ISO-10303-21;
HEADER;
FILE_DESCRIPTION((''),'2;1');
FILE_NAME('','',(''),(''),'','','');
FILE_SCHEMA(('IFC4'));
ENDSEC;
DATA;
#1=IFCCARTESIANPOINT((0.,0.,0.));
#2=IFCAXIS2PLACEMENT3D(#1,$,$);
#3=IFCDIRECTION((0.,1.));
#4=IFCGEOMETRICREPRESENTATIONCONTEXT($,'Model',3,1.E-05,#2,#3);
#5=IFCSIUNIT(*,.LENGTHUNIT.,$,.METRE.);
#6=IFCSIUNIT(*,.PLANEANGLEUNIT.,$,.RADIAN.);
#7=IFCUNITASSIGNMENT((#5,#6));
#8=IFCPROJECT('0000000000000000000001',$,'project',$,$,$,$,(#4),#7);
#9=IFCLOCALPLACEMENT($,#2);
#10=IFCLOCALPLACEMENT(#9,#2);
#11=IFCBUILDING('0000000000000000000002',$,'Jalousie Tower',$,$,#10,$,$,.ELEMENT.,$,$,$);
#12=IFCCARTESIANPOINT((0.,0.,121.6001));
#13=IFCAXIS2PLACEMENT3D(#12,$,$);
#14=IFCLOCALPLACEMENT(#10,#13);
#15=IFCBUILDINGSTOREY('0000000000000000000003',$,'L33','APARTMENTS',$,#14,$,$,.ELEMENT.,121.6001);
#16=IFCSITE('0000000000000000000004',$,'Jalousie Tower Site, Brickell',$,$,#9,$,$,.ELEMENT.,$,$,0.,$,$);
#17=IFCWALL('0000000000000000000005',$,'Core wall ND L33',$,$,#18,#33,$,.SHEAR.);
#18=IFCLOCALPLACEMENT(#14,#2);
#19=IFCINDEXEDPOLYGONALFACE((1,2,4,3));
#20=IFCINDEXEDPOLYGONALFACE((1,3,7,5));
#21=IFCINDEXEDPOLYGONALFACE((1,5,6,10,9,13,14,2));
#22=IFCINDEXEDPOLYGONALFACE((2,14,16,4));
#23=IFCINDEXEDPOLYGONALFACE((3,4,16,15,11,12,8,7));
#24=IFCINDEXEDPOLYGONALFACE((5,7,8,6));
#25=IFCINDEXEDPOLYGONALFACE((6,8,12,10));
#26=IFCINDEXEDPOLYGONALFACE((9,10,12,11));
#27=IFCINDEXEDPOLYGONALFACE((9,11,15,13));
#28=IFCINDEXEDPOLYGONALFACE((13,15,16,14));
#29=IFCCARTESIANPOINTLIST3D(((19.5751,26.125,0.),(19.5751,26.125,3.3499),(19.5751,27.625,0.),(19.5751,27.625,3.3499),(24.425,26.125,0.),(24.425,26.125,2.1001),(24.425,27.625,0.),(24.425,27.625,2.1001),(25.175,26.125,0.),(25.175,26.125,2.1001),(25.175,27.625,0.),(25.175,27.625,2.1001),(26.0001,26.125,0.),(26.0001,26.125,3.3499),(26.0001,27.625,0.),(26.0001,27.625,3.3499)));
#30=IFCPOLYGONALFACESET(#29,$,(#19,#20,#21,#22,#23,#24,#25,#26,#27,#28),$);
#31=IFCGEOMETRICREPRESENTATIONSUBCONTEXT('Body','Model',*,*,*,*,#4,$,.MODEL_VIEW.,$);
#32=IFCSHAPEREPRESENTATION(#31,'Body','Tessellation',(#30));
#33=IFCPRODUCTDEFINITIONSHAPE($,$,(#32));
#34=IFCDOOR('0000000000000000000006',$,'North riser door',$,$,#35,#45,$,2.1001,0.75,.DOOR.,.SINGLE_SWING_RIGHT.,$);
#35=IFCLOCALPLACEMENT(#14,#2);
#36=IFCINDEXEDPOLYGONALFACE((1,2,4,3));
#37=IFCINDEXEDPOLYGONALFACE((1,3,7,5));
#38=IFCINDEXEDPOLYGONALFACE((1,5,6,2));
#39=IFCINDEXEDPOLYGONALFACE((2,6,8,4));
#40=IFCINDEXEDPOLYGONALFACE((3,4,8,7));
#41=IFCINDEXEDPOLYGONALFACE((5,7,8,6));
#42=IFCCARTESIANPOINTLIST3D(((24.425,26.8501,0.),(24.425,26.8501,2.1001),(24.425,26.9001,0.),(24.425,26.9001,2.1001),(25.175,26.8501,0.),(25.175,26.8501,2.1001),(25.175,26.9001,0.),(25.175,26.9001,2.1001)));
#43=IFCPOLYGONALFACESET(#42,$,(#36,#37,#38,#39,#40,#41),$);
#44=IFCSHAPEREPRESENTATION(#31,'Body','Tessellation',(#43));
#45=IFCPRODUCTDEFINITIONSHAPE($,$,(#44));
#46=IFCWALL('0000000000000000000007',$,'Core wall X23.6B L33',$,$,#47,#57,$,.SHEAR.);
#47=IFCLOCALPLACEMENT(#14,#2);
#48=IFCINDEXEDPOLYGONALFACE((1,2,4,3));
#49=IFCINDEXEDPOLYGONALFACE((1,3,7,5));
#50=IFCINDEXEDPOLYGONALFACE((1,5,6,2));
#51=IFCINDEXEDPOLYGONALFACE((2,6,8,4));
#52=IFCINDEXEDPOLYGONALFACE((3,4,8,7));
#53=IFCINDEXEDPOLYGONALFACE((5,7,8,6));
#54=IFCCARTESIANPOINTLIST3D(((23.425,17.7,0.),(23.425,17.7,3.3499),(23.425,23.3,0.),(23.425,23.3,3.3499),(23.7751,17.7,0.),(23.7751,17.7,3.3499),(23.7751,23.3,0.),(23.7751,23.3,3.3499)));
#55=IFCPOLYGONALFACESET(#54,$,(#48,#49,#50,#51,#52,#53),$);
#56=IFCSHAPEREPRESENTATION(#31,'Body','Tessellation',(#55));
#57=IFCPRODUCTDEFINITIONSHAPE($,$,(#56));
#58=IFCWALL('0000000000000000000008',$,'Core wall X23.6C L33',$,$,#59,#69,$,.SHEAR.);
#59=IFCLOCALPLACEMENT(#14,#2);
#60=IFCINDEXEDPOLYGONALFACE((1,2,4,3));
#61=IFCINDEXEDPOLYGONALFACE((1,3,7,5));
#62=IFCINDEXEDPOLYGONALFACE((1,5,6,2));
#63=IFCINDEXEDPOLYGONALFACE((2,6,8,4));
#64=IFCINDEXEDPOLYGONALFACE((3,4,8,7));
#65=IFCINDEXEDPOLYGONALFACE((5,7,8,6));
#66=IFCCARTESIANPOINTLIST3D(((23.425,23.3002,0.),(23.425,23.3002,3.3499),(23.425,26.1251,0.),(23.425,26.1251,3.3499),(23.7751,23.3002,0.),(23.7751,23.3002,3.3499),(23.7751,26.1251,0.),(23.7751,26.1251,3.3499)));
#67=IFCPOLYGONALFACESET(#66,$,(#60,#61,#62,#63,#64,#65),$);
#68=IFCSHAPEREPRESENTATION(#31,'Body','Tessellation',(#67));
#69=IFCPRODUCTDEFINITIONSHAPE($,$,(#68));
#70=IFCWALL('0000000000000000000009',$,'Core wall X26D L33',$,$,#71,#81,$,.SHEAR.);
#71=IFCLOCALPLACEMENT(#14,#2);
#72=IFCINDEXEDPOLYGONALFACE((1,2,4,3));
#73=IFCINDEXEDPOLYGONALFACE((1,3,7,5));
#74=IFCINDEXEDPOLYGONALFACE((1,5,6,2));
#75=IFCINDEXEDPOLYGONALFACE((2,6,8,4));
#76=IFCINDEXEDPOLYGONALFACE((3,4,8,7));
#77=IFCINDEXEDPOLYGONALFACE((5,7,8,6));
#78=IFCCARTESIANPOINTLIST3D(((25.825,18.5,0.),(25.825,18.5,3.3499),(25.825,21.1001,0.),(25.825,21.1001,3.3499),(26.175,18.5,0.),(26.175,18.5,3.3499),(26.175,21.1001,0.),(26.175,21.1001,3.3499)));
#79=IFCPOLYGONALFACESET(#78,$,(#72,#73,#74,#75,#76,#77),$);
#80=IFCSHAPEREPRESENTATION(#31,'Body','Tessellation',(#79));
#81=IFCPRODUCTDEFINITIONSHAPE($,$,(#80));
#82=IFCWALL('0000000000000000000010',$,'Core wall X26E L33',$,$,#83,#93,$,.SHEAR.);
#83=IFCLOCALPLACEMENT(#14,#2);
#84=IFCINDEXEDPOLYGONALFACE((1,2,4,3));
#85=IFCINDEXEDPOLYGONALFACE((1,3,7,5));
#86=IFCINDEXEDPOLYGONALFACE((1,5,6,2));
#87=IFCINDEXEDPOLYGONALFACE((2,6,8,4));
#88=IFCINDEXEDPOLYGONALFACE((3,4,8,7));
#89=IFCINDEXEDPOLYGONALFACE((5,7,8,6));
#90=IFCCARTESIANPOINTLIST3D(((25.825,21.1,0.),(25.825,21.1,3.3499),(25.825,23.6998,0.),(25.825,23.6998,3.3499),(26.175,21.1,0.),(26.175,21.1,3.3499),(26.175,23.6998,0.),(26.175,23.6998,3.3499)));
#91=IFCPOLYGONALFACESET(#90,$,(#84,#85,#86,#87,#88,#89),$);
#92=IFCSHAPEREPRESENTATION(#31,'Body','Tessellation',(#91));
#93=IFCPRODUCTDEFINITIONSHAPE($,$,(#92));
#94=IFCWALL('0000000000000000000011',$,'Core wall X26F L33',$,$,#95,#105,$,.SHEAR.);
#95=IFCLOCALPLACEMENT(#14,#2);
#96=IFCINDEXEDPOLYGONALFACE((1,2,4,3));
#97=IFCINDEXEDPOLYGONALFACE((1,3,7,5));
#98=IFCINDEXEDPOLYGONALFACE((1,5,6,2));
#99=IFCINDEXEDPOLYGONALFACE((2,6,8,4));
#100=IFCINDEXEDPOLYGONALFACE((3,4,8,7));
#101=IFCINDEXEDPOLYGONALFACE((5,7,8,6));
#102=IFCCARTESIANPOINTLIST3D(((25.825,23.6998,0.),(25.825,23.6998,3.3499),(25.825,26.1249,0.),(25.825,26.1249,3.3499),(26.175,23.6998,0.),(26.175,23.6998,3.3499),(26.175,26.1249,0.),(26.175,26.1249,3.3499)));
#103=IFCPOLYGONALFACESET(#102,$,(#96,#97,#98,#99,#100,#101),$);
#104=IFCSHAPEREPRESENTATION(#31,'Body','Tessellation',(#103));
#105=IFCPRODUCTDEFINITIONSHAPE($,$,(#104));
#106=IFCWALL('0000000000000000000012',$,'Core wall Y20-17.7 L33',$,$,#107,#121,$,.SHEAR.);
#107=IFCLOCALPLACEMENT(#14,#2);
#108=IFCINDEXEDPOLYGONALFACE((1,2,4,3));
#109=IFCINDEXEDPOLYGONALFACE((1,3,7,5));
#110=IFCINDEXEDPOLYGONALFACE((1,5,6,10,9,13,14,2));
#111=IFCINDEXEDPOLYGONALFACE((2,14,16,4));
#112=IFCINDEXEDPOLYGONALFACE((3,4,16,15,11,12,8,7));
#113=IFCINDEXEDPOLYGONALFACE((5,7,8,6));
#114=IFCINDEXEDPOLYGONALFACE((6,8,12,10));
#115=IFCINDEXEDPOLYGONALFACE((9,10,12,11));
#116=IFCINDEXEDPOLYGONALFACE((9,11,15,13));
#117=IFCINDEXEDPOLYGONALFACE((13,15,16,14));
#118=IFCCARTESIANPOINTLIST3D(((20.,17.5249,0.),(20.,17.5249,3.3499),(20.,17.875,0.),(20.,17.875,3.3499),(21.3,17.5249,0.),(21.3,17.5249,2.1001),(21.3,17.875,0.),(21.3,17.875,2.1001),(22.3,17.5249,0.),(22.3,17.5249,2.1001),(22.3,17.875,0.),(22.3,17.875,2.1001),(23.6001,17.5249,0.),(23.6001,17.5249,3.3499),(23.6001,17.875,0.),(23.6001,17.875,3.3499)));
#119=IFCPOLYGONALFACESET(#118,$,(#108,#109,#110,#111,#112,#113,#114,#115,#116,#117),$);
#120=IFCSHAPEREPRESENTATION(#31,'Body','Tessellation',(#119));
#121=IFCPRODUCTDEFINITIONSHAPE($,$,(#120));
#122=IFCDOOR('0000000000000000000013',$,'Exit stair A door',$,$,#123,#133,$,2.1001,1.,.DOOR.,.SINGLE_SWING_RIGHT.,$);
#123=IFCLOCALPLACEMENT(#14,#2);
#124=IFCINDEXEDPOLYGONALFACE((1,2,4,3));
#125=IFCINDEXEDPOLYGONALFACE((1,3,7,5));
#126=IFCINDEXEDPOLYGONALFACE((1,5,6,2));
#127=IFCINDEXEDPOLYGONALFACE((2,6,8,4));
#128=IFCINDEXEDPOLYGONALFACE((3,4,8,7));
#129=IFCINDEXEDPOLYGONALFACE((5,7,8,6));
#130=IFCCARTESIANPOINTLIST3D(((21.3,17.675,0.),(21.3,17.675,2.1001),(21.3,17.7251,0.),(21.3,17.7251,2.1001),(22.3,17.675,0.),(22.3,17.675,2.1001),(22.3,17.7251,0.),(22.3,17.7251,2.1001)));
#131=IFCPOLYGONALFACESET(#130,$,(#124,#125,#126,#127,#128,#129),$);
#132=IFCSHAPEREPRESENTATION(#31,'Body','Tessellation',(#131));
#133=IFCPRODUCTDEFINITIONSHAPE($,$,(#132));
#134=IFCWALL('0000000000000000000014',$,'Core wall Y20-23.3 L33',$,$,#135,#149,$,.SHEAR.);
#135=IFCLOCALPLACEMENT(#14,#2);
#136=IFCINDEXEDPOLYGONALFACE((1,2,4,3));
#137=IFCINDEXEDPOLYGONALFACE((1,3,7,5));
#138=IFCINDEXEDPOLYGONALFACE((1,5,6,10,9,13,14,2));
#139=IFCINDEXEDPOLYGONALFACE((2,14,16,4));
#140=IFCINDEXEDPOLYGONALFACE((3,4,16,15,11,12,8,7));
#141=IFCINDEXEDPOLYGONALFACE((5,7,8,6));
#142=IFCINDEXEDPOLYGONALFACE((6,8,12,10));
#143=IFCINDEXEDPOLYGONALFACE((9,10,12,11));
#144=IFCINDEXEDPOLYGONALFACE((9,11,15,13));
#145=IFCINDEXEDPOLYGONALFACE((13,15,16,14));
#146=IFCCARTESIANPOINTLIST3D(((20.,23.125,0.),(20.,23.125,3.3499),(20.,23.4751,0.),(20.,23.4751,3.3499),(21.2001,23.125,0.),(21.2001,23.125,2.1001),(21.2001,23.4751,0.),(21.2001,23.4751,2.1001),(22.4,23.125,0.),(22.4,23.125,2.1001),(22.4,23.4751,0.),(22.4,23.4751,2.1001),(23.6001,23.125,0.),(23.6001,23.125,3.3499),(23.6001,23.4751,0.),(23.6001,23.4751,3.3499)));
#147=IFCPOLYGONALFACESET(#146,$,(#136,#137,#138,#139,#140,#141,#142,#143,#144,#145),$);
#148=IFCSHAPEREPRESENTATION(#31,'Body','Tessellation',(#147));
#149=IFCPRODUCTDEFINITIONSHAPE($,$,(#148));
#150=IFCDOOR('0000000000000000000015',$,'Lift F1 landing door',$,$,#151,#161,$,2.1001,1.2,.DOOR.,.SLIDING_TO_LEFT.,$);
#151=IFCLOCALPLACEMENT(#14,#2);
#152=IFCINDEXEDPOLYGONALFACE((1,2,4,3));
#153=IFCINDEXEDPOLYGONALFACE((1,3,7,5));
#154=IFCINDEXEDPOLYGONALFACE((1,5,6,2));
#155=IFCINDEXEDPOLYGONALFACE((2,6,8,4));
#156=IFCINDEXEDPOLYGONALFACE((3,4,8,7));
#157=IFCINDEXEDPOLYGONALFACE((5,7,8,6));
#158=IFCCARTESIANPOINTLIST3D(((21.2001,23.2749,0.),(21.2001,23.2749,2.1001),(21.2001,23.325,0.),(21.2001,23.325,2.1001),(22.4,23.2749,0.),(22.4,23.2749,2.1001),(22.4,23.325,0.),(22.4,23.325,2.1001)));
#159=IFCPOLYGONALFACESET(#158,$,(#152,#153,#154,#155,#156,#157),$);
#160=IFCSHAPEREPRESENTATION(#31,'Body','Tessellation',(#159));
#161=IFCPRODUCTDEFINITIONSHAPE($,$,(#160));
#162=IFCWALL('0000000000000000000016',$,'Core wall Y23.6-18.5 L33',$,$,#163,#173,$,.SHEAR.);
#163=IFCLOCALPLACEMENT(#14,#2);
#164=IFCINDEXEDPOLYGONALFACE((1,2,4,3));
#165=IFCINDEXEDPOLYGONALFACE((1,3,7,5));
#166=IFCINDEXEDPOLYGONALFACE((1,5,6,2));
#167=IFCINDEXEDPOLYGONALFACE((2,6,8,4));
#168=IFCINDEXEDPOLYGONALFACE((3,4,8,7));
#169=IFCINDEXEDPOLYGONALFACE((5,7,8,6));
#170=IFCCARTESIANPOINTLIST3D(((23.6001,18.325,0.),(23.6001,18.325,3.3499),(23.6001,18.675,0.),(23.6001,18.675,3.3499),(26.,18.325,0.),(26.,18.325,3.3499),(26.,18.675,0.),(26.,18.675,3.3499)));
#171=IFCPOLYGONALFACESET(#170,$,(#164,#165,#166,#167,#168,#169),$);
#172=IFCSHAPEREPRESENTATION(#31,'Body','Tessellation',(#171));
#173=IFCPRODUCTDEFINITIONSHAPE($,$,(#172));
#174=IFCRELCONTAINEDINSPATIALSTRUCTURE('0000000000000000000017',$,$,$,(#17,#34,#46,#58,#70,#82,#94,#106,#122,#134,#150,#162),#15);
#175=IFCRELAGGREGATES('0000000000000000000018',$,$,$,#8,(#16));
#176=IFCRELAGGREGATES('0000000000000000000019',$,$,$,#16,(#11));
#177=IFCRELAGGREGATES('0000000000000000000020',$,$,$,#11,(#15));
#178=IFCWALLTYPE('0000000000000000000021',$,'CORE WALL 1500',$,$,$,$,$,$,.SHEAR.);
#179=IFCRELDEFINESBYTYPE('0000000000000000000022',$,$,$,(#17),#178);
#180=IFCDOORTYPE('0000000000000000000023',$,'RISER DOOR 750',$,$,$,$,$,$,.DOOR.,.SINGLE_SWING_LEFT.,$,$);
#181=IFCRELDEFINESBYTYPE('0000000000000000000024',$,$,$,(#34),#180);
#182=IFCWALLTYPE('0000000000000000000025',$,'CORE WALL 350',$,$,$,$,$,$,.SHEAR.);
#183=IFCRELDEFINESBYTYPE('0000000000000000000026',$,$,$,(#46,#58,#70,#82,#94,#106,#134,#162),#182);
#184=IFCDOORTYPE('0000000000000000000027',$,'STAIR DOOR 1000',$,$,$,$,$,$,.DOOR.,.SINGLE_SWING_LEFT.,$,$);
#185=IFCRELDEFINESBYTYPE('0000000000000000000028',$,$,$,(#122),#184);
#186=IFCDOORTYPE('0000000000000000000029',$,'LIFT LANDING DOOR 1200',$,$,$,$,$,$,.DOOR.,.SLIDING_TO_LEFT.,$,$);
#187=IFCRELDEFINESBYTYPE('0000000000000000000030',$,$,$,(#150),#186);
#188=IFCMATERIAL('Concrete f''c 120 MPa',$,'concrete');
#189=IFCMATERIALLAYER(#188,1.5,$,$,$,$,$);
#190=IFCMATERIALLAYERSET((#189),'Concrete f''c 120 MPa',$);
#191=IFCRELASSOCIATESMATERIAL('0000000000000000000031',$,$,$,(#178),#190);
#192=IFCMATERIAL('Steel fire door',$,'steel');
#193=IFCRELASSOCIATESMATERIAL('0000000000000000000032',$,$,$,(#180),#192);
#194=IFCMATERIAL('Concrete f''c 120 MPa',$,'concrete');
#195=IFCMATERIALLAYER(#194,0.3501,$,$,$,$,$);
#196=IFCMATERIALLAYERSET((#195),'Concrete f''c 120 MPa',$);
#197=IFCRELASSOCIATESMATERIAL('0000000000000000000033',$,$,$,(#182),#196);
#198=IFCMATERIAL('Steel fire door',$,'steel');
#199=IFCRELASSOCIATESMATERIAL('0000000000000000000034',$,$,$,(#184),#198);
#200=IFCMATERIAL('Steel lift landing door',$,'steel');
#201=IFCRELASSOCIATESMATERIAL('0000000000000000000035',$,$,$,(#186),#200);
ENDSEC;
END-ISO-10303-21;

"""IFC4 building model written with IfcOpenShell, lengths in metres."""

from ifc_helpers import new_model, si_unit, direction, frame, frame_2d, origin, place, context, subcontext, project, spatial, rectangle, extrude, material, layer, layer_set, type_object, element, fill, save


model = new_model("IFC4")

# Units and contexts
model_context = context("Model", 3, precision=1e-05, world=origin(), true_north=direction((0.0, 1.0)))
body_context = subcontext(model_context, "Body", "Model", "MODEL_VIEW")
ifc_project = project(units=[si_unit("LENGTHUNIT", "METRE"), si_unit("PLANEANGLEUNIT", "RADIAN")], contexts=[model_context])

# Site, building, storey
site_placement = place(None, origin())
site = spatial("IfcSite", under=ifc_project, at=site_placement, Name="Jalousie Tower Site, Brickell", CompositionType="ELEMENT", RefElevation=0.0)
building_placement = place(site_placement, origin())
building = spatial("IfcBuilding", under=site, at=building_placement, Name="Jalousie Tower", CompositionType="ELEMENT")
storey_placement = place(building_placement, frame((0.0, 0.0, 121.6001)))
storey = spatial("IfcBuildingStorey", under=building, at=storey_placement, Name="L33", Description="APARTMENTS", CompositionType="ELEMENT", Elevation=121.6001)

# Wall, opening, door
ifc_material_1 = material(Name="Concrete f'c 120 MPa", Category="concrete")
ifc_layer_1 = layer(ifc_material_1, 1.5)
ifc_layer_set_1 = layer_set([ifc_layer_1], Name="Concrete f'c 120 MPa")
wall_type_1 = type_object("IfcWallType", Name="CORE WALL 1500", PredefinedType="SHEAR", material=ifc_layer_set_1)
wall_1_placement = place(storey_placement, frame((26.0, 26.875, 0.0), z_axis=(0.0, 0.0, 1.0), x_axis=(-1.0, 0.0, 0.0)))
wall_1 = element("IfcWall", 1, at=wall_1_placement, inside=storey, type_object=wall_type_1, Name="Core wall ND L33", PredefinedType="SHEAR", context=body_context, shape_type="SweptSolid", body=[
    extrude(rectangle(XDim=6.425, YDim=1.5, at=frame_2d((3.2124, 0.0))), origin(), (0.0, 0.0, 1.0), 3.3499),
])
opening_1_placement = place(wall_1_placement, frame((0.825, 0.0, 0.0)))
opening_1 = element("IfcOpeningElement", 2, at=opening_1_placement, cuts=wall_1, PredefinedType="OPENING", context=body_context, shape_type="SweptSolid", body=[
    extrude(rectangle(XDim=0.75, YDim=2.1001, at=frame_2d((0.375, 1.05))), frame((0.0, 0.76, 0.0), z_axis=(0.0, -1.0, 0.0), x_axis=(1.0, 0.0, 0.0)), (0.0, 0.0, 1.0), 1.52),
])
ifc_material_2 = material(Name="Steel fire door", Category="steel")
door_type_1 = type_object("IfcDoorType", Name="RISER DOOR 750", OperationType="SINGLE_SWING_LEFT", PredefinedType="DOOR", material=ifc_material_2)
door_1_placement = place(opening_1_placement, origin())
door_1 = element("IfcDoor", 3, at=door_1_placement, inside=storey, type_object=door_type_1, Name="North riser door", OperationType="SINGLE_SWING_RIGHT", OverallHeight=2.1001, OverallWidth=0.75, PredefinedType="DOOR", context=body_context, shape_type="SweptSolid", body=[
    extrude(rectangle(XDim=0.75, YDim=2.1001, at=frame_2d((0.375, 1.05))), frame((0.0, 0.0249, 0.0), z_axis=(0.0, -1.0, 0.0), x_axis=(1.0, 0.0, 0.0)), (0.0, 0.0, 1.0), 0.05),
])
fill(opening_1, door_1)

# Walls
ifc_material_3 = material(Name="Concrete f'c 120 MPa", Category="concrete")
ifc_layer_2 = layer(ifc_material_3, 0.3501)
ifc_layer_set_2 = layer_set([ifc_layer_2], Name="Concrete f'c 120 MPa")
wall_type_2 = type_object("IfcWallType", Name="CORE WALL 350", PredefinedType="SHEAR", material=ifc_layer_set_2)
wall_2_placement = place(storey_placement, frame((23.6001, 17.7, 0.0), z_axis=(0.0, 0.0, 1.0), x_axis=(0.0, 1.0, 0.0)))
element("IfcWall", 4, at=wall_2_placement, inside=storey, type_object=wall_type_2, Name="Core wall X23.6B L33", PredefinedType="SHEAR", context=body_context, shape_type="SweptSolid", body=[
    extrude(rectangle(XDim=5.6001, YDim=0.3501, at=frame_2d((2.8, 0.0))), origin(), (0.0, 0.0, 1.0), 3.3499),
])
wall_3_placement = place(storey_placement, frame((23.6001, 23.3, 0.0), z_axis=(0.0, 0.0, 1.0), x_axis=(0.0, 1.0, 0.0)))
element("IfcWall", 5, at=wall_3_placement, inside=storey, type_object=wall_type_2, Name="Core wall X23.6C L33", PredefinedType="SHEAR", context=body_context, shape_type="SweptSolid", body=[
    extrude(rectangle(XDim=2.825, YDim=0.3501, at=frame_2d((1.4126, 0.0))), origin(), (0.0, 0.0, 1.0), 3.3499),
])
wall_4_placement = place(storey_placement, frame((26.0, 18.5, 0.0), z_axis=(0.0, 0.0, 1.0), x_axis=(0.0, 1.0, 0.0)))
element("IfcWall", 6, at=wall_4_placement, inside=storey, type_object=wall_type_2, Name="Core wall X26D L33", PredefinedType="SHEAR", context=body_context, shape_type="SweptSolid", body=[
    extrude(rectangle(XDim=2.6001, YDim=0.3501, at=frame_2d((1.3, 0.0))), origin(), (0.0, 0.0, 1.0), 3.3499),
])
wall_5_placement = place(storey_placement, frame((26.0, 21.1001, 0.0), z_axis=(0.0, 0.0, 1.0), x_axis=(0.0, 1.0, 0.0)))
element("IfcWall", 7, at=wall_5_placement, inside=storey, type_object=wall_type_2, Name="Core wall X26E L33", PredefinedType="SHEAR", context=body_context, shape_type="SweptSolid", body=[
    extrude(rectangle(XDim=2.5999, YDim=0.3501, at=frame_2d((1.2998, 0.0))), origin(), (0.0, 0.0, 1.0), 3.3499),
])
wall_6_placement = place(storey_placement, frame((26.0, 23.7, 0.0), z_axis=(0.0, 0.0, 1.0), x_axis=(0.0, 1.0, 0.0)))
element("IfcWall", 8, at=wall_6_placement, inside=storey, type_object=wall_type_2, Name="Core wall X26F L33", PredefinedType="SHEAR", context=body_context, shape_type="SweptSolid", body=[
    extrude(rectangle(XDim=2.425, YDim=0.3501, at=frame_2d((1.2124, 0.0))), origin(), (0.0, 0.0, 1.0), 3.3499),
])

# Walls, openings, doors
wall_7_placement = place(storey_placement, frame((20.0, 17.7, 0.0), z_axis=(0.0, 0.0, 1.0), x_axis=(1.0, 0.0, 0.0)))
wall_7 = element("IfcWall", 9, at=wall_7_placement, inside=storey, type_object=wall_type_2, Name="Core wall Y20-17.7 L33", PredefinedType="SHEAR", context=body_context, shape_type="SweptSolid", body=[
    extrude(rectangle(XDim=3.6001, YDim=0.3501, at=frame_2d((1.8, 0.0))), origin(), (0.0, 0.0, 1.0), 3.3499),
])
opening_2_placement = place(wall_7_placement, frame((1.3, 0.0, 0.0)))
opening_2 = element("IfcOpeningElement", 10, at=opening_2_placement, cuts=wall_7, PredefinedType="OPENING", context=body_context, shape_type="SweptSolid", body=[
    extrude(rectangle(XDim=1.0, YDim=2.1001, at=frame_2d((0.5, 1.05))), frame((0.0, 0.1851, 0.0), z_axis=(0.0, -1.0, 0.0), x_axis=(1.0, 0.0, 0.0)), (0.0, 0.0, 1.0), 0.3701),
])
ifc_material_4 = material(Name="Steel fire door", Category="steel")
door_type_2 = type_object("IfcDoorType", Name="STAIR DOOR 1000", OperationType="SINGLE_SWING_LEFT", PredefinedType="DOOR", material=ifc_material_4)
door_2_placement = place(opening_2_placement, frame((1.0, 0.0, 0.0), z_axis=(0.0, 0.0, 1.0), x_axis=(-1.0, 0.0, 0.0)))
door_2 = element("IfcDoor", 11, at=door_2_placement, inside=storey, type_object=door_type_2, Name="Exit stair A door", OperationType="SINGLE_SWING_RIGHT", OverallHeight=2.1001, OverallWidth=1.0, PredefinedType="DOOR", context=body_context, shape_type="SweptSolid", body=[
    extrude(rectangle(XDim=1.0, YDim=2.1001, at=frame_2d((0.5, 1.05))), frame((0.0, 0.0249, 0.0), z_axis=(0.0, -1.0, 0.0), x_axis=(1.0, 0.0, 0.0)), (0.0, 0.0, 1.0), 0.05),
])
fill(opening_2, door_2)
wall_8_placement = place(storey_placement, frame((20.0, 23.3, 0.0), z_axis=(0.0, 0.0, 1.0), x_axis=(1.0, 0.0, 0.0)))
wall_8 = element("IfcWall", 12, at=wall_8_placement, inside=storey, type_object=wall_type_2, Name="Core wall Y20-23.3 L33", PredefinedType="SHEAR", context=body_context, shape_type="SweptSolid", body=[
    extrude(rectangle(XDim=3.6001, YDim=0.3501, at=frame_2d((1.8, 0.0))), origin(), (0.0, 0.0, 1.0), 3.3499),
])
opening_3_placement = place(wall_8_placement, frame((1.2, 0.0, 0.0)))
opening_3 = element("IfcOpeningElement", 13, at=opening_3_placement, cuts=wall_8, PredefinedType="OPENING", context=body_context, shape_type="SweptSolid", body=[
    extrude(rectangle(XDim=1.2, YDim=2.1001, at=frame_2d((0.6001, 1.05))), frame((0.0, 0.1851, 0.0), z_axis=(0.0, -1.0, 0.0), x_axis=(1.0, 0.0, 0.0)), (0.0, 0.0, 1.0), 0.3701),
])
ifc_material_5 = material(Name="Steel lift landing door", Category="steel")
door_type_3 = type_object("IfcDoorType", Name="LIFT LANDING DOOR 1200", OperationType="SLIDING_TO_LEFT", PredefinedType="DOOR", material=ifc_material_5)
door_3_placement = place(opening_3_placement, origin())
door_3 = element("IfcDoor", 14, at=door_3_placement, inside=storey, type_object=door_type_3, Name="Lift F1 landing door", OperationType="SLIDING_TO_LEFT", OverallHeight=2.1001, OverallWidth=1.2, PredefinedType="DOOR", context=body_context, shape_type="SweptSolid", body=[
    extrude(rectangle(XDim=1.2, YDim=2.1001, at=frame_2d((0.6001, 1.05))), frame((0.0, 0.0249, 0.0), z_axis=(0.0, -1.0, 0.0), x_axis=(1.0, 0.0, 0.0)), (0.0, 0.0, 1.0), 0.05),
])
fill(opening_3, door_3)

# Wall
wall_9_placement = place(storey_placement, frame((23.6001, 18.5, 0.0), z_axis=(0.0, 0.0, 1.0), x_axis=(1.0, 0.0, 0.0)))
element("IfcWall", 15, at=wall_9_placement, inside=storey, type_object=wall_type_2, Name="Core wall Y23.6-18.5 L33", PredefinedType="SHEAR", context=body_context, shape_type="SweptSolid", body=[
    extrude(rectangle(XDim=2.3999, YDim=0.3501, at=frame_2d((1.2, 0.0))), origin(), (0.0, 0.0, 1.0), 3.3499),
])

save(model, "model.ifc")
